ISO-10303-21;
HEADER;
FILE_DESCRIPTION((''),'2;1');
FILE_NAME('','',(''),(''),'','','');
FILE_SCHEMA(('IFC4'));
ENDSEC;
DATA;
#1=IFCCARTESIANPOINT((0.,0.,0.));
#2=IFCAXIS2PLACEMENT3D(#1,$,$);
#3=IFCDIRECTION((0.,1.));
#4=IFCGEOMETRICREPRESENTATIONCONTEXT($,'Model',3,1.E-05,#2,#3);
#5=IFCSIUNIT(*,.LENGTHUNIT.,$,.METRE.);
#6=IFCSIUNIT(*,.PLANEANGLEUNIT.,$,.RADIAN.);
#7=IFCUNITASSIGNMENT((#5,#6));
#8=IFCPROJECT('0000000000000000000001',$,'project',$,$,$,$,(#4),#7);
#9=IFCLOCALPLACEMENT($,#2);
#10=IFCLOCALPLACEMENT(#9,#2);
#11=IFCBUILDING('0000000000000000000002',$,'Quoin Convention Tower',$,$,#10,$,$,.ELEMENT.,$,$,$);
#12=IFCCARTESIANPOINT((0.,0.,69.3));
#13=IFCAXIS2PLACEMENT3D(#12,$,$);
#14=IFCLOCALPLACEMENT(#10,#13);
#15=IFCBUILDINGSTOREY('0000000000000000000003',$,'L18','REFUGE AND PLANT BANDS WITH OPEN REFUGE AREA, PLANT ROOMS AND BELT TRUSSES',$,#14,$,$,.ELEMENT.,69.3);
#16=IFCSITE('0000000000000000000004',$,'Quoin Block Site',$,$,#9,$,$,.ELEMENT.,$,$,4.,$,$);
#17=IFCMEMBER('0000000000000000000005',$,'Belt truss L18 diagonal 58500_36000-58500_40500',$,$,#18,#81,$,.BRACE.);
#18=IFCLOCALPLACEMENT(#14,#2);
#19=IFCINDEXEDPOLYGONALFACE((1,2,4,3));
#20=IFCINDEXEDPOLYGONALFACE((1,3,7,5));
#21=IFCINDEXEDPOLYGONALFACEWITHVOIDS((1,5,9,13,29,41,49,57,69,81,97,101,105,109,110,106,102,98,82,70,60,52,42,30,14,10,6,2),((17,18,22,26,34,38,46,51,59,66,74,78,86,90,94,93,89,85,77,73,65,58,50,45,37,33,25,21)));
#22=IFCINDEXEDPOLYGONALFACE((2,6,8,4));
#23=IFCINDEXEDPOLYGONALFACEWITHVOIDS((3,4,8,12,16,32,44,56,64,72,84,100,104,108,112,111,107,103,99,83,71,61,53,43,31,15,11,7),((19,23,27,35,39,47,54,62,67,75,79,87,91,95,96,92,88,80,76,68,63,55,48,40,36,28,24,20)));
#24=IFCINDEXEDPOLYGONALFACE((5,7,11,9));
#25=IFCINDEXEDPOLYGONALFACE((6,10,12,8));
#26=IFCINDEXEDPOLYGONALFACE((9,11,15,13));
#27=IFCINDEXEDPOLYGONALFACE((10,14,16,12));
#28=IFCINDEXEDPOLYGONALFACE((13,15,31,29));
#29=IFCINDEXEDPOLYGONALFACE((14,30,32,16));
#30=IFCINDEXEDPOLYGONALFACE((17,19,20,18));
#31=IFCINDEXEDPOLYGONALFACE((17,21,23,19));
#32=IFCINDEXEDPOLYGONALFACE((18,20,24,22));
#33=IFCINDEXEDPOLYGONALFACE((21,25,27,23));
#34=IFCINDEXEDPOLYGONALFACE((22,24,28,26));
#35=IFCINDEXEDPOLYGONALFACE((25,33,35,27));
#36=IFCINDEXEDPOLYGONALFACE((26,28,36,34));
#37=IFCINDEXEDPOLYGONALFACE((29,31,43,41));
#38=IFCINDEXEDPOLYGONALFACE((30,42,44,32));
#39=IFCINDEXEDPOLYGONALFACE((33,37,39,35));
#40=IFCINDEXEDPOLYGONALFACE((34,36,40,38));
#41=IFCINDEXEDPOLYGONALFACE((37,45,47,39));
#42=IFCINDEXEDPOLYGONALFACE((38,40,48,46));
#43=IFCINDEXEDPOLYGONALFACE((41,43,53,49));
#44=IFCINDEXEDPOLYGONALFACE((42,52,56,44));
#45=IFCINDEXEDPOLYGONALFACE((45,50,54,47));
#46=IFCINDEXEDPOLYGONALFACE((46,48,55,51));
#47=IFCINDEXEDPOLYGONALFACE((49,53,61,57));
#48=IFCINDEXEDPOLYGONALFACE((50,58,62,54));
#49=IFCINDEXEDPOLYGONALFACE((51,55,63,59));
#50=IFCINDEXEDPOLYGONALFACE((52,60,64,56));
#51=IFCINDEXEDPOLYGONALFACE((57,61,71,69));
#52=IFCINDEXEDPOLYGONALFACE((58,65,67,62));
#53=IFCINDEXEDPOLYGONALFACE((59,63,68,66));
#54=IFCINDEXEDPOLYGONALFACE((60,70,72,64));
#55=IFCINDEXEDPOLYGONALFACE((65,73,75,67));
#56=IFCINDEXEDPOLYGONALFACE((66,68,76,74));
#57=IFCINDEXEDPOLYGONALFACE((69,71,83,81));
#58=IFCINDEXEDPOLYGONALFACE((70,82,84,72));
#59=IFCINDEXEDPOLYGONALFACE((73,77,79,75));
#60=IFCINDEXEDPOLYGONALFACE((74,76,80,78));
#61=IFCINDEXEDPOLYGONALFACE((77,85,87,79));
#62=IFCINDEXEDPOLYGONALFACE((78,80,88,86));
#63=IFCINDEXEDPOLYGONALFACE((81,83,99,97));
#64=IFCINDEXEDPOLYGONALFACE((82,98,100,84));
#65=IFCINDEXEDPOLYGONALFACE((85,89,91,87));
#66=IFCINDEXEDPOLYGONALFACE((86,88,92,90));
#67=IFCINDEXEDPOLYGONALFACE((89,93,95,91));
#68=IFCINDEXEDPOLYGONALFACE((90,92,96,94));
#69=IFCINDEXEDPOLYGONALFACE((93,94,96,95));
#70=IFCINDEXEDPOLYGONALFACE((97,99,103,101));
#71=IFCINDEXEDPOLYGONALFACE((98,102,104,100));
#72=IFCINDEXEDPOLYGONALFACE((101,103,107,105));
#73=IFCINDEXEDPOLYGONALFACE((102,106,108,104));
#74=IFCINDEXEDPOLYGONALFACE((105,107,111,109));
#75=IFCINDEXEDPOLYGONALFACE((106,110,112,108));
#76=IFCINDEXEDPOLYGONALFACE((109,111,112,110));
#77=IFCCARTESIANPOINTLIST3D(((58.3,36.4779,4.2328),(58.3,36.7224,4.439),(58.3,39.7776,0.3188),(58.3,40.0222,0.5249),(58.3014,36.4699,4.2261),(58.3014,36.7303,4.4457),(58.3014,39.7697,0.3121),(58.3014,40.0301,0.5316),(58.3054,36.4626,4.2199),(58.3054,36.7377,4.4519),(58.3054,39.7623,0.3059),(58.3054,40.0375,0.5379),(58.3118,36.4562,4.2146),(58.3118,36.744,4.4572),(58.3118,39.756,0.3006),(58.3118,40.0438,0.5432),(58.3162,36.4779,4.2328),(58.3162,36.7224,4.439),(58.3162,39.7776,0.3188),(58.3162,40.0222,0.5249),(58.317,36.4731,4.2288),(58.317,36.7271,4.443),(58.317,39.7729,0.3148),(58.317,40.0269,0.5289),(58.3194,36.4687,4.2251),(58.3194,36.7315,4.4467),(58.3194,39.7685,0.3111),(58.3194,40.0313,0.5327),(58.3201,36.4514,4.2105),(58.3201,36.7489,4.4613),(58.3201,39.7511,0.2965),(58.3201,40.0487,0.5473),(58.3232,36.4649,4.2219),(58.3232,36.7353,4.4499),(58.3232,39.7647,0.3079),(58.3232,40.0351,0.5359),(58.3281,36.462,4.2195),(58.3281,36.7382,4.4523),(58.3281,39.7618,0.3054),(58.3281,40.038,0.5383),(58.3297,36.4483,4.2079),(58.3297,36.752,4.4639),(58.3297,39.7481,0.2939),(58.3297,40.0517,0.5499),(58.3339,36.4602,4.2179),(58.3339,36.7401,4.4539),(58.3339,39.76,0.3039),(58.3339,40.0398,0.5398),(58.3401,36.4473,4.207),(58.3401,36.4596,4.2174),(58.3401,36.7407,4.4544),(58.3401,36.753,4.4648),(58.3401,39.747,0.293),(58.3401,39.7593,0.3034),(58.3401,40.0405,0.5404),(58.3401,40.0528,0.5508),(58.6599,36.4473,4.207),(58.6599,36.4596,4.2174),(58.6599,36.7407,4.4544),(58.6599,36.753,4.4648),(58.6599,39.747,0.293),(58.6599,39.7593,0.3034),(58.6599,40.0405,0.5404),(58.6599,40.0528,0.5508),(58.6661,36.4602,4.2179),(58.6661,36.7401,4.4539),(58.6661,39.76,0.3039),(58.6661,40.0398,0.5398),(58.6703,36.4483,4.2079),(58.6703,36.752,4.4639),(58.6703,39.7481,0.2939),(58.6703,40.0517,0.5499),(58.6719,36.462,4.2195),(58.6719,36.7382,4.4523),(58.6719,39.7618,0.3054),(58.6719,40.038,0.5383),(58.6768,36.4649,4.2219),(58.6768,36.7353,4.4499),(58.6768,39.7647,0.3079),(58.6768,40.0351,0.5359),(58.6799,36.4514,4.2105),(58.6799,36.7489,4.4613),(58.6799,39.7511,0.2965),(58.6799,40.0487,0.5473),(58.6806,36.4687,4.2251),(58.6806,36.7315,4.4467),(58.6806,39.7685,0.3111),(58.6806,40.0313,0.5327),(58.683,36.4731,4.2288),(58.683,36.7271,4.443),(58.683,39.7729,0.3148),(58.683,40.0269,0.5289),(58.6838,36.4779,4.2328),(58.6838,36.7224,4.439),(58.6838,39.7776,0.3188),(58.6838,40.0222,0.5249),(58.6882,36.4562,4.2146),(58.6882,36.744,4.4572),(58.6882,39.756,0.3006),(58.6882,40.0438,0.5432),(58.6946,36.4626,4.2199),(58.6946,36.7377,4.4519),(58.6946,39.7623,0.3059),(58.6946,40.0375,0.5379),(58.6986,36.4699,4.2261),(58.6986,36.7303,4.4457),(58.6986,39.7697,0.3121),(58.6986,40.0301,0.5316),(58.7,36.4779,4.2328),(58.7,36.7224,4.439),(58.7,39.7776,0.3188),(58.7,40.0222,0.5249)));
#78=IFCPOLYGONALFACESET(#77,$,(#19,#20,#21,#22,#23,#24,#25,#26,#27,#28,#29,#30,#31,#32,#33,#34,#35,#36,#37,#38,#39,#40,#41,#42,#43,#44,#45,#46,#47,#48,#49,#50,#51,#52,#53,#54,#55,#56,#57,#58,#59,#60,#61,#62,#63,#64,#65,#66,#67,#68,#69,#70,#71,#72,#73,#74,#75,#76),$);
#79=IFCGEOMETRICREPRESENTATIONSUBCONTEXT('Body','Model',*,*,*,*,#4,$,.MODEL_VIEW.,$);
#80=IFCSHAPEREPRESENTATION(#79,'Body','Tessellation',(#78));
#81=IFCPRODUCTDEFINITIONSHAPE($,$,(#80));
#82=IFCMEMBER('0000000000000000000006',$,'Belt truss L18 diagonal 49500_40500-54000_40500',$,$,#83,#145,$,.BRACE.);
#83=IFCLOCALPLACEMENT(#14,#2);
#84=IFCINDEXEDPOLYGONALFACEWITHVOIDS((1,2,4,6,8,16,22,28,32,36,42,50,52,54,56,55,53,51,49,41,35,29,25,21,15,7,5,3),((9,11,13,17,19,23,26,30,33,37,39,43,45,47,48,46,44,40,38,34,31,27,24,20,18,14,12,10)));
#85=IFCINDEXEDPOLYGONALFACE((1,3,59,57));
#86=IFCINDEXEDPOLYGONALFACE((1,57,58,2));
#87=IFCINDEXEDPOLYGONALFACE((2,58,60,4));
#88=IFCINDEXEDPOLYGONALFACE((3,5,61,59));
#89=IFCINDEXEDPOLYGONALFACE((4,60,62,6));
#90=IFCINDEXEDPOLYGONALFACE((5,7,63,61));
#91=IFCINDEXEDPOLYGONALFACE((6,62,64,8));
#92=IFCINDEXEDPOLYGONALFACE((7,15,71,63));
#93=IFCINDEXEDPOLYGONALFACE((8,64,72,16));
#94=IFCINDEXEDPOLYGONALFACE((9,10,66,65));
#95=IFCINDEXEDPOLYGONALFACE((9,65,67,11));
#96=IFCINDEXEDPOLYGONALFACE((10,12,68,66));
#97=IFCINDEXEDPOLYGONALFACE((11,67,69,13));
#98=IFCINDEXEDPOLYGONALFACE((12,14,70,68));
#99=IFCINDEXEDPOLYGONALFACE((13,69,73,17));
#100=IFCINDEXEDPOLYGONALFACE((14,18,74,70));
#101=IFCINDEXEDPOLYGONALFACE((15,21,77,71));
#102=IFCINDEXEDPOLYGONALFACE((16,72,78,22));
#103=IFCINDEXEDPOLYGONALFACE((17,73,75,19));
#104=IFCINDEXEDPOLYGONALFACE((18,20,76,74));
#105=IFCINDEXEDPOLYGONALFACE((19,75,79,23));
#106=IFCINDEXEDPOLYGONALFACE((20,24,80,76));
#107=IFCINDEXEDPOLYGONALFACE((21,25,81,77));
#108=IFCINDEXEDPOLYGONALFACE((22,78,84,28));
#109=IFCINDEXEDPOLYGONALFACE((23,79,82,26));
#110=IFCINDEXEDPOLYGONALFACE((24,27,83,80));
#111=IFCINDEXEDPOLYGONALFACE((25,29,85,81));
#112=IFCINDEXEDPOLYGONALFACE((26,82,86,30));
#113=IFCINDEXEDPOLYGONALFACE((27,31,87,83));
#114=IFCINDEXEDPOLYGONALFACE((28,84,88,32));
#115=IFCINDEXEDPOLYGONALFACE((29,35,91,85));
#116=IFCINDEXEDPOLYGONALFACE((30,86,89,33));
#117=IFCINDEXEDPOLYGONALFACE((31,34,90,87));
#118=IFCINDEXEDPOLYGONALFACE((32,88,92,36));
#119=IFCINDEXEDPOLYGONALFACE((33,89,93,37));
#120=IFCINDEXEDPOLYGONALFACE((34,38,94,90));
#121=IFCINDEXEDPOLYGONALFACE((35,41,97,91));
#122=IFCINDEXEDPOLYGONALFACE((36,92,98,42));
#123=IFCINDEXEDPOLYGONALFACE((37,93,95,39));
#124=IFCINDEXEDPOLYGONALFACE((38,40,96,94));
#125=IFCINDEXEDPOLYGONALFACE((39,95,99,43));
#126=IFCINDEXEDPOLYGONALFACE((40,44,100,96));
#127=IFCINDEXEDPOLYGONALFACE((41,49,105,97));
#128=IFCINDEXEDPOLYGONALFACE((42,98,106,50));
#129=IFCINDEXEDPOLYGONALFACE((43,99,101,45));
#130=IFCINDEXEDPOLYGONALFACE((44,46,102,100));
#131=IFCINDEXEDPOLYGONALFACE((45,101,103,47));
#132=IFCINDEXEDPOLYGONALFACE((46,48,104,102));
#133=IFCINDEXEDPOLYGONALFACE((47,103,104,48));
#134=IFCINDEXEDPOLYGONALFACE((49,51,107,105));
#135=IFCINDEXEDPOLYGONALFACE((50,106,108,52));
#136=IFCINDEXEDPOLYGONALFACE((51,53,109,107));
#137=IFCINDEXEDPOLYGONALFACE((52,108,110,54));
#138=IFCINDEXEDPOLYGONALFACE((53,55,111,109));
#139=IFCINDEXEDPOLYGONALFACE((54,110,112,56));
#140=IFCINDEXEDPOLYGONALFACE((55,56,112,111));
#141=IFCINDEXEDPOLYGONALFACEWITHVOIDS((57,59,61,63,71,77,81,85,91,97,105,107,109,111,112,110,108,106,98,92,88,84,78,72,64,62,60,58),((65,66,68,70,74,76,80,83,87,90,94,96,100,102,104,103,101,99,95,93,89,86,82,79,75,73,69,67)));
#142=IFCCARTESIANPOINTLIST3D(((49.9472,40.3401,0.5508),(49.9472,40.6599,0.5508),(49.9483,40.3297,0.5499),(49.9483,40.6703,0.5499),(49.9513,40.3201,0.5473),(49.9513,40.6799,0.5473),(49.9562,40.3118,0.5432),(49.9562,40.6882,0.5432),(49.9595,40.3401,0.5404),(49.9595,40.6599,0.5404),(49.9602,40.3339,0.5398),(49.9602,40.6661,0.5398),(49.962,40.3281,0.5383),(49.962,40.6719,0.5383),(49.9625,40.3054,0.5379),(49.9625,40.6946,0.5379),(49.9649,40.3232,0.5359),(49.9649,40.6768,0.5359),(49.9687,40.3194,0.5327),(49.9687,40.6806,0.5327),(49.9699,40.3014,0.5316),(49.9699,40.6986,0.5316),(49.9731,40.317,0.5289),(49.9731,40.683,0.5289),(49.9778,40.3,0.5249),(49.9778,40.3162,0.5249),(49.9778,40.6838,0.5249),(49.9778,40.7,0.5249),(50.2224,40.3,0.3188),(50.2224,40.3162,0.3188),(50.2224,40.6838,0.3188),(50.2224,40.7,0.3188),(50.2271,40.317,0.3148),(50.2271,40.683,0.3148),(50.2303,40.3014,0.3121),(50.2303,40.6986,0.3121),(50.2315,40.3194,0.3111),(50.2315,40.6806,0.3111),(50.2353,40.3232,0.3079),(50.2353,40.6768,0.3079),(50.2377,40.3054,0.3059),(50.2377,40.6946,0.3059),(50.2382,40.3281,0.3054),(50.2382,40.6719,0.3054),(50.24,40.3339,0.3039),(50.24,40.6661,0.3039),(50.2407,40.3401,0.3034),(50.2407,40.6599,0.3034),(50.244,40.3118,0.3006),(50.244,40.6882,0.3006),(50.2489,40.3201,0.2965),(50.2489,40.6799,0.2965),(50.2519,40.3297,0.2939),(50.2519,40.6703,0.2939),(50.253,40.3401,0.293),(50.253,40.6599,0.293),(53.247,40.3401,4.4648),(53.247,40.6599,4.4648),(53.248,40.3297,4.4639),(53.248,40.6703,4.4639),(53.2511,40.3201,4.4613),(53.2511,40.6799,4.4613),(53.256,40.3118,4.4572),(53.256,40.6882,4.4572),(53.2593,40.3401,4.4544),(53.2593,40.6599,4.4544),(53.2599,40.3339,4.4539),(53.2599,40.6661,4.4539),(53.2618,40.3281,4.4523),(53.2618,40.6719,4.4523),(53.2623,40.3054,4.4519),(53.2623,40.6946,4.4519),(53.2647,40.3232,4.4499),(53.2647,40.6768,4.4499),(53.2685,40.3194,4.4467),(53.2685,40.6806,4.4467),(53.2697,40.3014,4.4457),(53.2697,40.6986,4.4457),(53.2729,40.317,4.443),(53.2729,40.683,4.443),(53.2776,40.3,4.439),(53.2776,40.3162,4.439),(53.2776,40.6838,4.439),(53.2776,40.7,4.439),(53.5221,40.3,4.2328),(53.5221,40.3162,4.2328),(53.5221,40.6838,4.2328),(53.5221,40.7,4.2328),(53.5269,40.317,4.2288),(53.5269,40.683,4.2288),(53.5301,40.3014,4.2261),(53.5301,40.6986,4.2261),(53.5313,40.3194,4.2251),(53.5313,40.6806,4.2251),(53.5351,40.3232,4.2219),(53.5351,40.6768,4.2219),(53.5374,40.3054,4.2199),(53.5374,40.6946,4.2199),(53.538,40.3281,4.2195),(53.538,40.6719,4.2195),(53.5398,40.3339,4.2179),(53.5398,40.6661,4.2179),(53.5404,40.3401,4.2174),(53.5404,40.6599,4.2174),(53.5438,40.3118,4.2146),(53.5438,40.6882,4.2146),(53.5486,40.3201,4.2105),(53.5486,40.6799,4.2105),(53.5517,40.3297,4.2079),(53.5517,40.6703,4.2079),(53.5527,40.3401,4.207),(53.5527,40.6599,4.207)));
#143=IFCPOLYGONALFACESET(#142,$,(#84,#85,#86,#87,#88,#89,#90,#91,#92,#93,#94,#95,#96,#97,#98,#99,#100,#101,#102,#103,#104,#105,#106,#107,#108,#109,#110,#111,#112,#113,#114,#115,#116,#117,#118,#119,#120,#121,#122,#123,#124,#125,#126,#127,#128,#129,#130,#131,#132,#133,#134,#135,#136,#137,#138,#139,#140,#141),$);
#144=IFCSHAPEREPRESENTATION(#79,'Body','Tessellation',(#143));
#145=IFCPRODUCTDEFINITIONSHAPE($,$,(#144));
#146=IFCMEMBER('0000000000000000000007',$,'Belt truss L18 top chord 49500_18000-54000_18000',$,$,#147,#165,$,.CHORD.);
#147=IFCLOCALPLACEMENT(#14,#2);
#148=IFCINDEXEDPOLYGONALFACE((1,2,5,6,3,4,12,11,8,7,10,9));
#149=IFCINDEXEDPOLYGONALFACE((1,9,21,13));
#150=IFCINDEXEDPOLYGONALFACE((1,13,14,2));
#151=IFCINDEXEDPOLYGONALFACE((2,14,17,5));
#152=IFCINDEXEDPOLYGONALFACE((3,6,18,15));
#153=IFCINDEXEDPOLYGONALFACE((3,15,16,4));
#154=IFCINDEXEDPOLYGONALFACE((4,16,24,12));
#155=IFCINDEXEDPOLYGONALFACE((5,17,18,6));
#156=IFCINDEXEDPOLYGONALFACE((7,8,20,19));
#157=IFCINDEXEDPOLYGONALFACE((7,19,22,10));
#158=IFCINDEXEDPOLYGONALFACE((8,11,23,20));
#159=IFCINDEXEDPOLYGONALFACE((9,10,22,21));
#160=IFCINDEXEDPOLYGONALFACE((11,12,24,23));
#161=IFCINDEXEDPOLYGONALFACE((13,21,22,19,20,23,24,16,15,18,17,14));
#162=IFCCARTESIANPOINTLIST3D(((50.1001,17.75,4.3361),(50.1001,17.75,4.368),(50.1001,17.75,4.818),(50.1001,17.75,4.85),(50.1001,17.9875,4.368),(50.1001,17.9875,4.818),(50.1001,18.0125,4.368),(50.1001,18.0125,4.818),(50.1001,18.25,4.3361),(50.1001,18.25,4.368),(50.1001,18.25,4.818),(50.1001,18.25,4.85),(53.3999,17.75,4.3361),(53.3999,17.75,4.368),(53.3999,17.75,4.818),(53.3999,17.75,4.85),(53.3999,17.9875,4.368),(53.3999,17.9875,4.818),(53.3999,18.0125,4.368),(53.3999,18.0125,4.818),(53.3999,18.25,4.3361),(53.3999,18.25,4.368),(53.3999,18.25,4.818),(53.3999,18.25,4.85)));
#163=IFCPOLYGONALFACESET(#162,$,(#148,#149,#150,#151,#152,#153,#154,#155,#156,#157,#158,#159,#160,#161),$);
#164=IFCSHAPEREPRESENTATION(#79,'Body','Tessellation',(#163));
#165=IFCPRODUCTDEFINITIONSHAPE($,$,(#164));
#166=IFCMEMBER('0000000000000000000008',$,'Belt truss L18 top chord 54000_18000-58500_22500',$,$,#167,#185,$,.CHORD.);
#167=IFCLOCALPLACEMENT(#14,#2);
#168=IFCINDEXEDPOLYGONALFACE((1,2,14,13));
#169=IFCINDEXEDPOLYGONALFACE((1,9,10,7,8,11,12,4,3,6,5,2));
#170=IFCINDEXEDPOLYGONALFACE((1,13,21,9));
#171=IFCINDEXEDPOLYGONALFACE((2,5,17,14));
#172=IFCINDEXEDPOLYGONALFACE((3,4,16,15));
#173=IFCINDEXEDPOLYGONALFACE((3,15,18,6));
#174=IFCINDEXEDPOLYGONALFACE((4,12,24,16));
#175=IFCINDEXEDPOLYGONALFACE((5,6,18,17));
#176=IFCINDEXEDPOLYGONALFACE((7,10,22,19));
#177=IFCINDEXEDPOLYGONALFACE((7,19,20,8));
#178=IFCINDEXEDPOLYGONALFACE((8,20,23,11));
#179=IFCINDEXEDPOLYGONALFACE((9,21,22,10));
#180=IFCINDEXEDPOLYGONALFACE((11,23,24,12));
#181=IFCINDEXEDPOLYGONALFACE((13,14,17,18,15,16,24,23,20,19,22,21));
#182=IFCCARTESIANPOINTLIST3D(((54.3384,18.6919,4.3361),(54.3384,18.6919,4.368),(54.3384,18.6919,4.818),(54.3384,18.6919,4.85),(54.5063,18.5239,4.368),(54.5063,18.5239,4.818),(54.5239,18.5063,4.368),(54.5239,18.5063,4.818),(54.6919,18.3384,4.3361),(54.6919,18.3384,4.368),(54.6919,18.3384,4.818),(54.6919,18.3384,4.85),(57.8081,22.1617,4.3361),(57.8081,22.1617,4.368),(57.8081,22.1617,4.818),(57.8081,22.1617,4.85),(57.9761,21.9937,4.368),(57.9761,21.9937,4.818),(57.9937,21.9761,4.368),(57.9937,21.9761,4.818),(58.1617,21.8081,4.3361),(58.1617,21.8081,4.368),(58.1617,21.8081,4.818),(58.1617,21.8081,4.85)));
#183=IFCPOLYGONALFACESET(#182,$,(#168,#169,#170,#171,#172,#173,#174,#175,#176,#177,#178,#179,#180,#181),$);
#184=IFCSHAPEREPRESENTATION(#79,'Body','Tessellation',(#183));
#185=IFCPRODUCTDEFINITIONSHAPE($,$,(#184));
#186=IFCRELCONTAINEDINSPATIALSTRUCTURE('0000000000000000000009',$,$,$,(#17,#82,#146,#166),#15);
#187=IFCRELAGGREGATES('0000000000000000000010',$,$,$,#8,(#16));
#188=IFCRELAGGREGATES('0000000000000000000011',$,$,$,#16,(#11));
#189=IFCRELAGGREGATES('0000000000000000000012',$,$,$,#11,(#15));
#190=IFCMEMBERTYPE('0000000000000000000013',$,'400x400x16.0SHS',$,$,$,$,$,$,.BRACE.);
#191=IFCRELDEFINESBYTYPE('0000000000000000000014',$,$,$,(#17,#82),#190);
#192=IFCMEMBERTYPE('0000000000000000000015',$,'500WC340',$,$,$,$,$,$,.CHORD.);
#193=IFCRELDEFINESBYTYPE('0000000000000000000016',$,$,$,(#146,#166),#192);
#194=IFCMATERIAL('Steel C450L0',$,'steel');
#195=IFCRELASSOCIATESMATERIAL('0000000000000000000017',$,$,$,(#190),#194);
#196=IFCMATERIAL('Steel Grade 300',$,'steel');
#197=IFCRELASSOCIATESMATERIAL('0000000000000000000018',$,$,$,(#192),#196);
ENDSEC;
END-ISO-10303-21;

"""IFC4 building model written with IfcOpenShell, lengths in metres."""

from ifc_helpers import new_model, si_unit, direction, frame, origin, origin_2d, place, context, subcontext, project, spatial, hollow_rectangle, i_section, extrude, material, material_profile, profile_set, type_object, element, save


model = new_model("IFC4")

# Units and contexts
model_context = context("Model", 3, precision=1e-05, world=origin(), true_north=direction((0.0, 1.0)))
body_context = subcontext(model_context, "Body", "Model", "MODEL_VIEW")
ifc_project = project(units=[si_unit("LENGTHUNIT", "METRE"), si_unit("PLANEANGLEUNIT", "RADIAN")], contexts=[model_context])

# Site, building, storey
site_placement = place(None, origin())
site = spatial("IfcSite", under=ifc_project, at=site_placement, Name="Quoin Block Site", CompositionType="ELEMENT", RefElevation=4.0)
building_placement = place(site_placement, origin())
building = spatial("IfcBuilding", under=site, at=building_placement, Name="Quoin Convention Tower", CompositionType="ELEMENT")
storey_placement = place(building_placement, frame((0.0, 0.0, 69.3)))
storey = spatial("IfcBuildingStorey", under=building, at=storey_placement, Name="L18", Description="REFUGE AND PLANT BANDS WITH OPEN REFUGE AREA, PLANT ROOMS AND BELT TRUSSES", CompositionType="ELEMENT", Elevation=69.3)

# Members
ifc_material_1 = material(Name="Steel Grade 300", Category="steel")
ifc_material_2 = material(Name="Steel C450L0", Category="steel")
ifc_material_profile_1 = material_profile(ifc_material_2, hollow_rectangle(XDim=0.3999, YDim=0.3999, WallThickness=0.0161, InnerFilletRadius=0.0239, OuterFilletRadius=0.04, at=origin_2d()), Name="400x400x16.0SHS")
ifc_profile_set_1 = profile_set([ifc_material_profile_1], Name="Steel C450L0")
member_type_1 = type_object("IfcMemberType", Name="400x400x16.0SHS", PredefinedType="BRACE", material=ifc_profile_set_1)
for number, where, z_axis, x_axis, name in (
    (1, (58.5, 39.8999, 0.4219), (0.0, -0.644564, 0.76455), (1.0, 0.0, 0.0), "Belt truss L18 diagonal 58500_36000-58500_40500"),
    (2, (50.1001, 40.5, 0.4219), (0.644564, 0.0, 0.76455), (0.0, 1.0, 0.0), "Belt truss L18 diagonal 49500_40500-54000_40500"),
):
    element("IfcMember", number, at=place(storey_placement, frame(where, z_axis=z_axis, x_axis=x_axis)), inside=storey, type_object=member_type_1, Name=name, PredefinedType="BRACE", context=body_context, shape_type="SweptSolid", body=[
        extrude(hollow_rectangle(XDim=0.3999, YDim=0.3999, WallThickness=0.0161, InnerFilletRadius=0.0239, OuterFilletRadius=0.04, at=origin_2d()), origin(), (0.0, 0.0, 1.0), 5.1194),
    ])
ifc_material_profile_2 = material_profile(ifc_material_1, i_section(OverallWidth=0.5, OverallDepth=0.5139, WebThickness=0.0249, FlangeThickness=0.032, at=origin_2d()), Name="500WC340")
ifc_profile_set_2 = profile_set([ifc_material_profile_2], Name="Steel Grade 300")
member_type_2 = type_object("IfcMemberType", Name="500WC340", PredefinedType="CHORD", material=ifc_profile_set_2)
member_1_placement = place(storey_placement, frame((50.1001, 18.0, 4.593), z_axis=(1.0, 0.0, 0.0), x_axis=(0.0, 1.0, 0.0)))
element("IfcMember", 3, at=member_1_placement, inside=storey, type_object=member_type_2, Name="Belt truss L18 top chord 49500_18000-54000_18000", PredefinedType="CHORD", context=body_context, shape_type="SweptSolid", body=[
    extrude(i_section(OverallWidth=0.5, OverallDepth=0.5139, WebThickness=0.0249, FlangeThickness=0.032, at=origin_2d()), origin(), (0.0, 0.0, 1.0), 3.2998),
])
member_2_placement = place(storey_placement, frame((54.5151, 18.5151, 4.593), z_axis=(0.707107, 0.707107, 0.0), x_axis=(-0.707107, 0.707107, 0.0)))
element("IfcMember", 4, at=member_2_placement, inside=storey, type_object=member_type_2, Name="Belt truss L18 top chord 54000_18000-58500_22500", PredefinedType="CHORD", context=body_context, shape_type="SweptSolid", body=[
    extrude(i_section(OverallWidth=0.5, OverallDepth=0.5139, WebThickness=0.0249, FlangeThickness=0.032, at=origin_2d()), origin(), (0.0, 0.0, 1.0), 4.907),
])

save(model, "model.ifc")
